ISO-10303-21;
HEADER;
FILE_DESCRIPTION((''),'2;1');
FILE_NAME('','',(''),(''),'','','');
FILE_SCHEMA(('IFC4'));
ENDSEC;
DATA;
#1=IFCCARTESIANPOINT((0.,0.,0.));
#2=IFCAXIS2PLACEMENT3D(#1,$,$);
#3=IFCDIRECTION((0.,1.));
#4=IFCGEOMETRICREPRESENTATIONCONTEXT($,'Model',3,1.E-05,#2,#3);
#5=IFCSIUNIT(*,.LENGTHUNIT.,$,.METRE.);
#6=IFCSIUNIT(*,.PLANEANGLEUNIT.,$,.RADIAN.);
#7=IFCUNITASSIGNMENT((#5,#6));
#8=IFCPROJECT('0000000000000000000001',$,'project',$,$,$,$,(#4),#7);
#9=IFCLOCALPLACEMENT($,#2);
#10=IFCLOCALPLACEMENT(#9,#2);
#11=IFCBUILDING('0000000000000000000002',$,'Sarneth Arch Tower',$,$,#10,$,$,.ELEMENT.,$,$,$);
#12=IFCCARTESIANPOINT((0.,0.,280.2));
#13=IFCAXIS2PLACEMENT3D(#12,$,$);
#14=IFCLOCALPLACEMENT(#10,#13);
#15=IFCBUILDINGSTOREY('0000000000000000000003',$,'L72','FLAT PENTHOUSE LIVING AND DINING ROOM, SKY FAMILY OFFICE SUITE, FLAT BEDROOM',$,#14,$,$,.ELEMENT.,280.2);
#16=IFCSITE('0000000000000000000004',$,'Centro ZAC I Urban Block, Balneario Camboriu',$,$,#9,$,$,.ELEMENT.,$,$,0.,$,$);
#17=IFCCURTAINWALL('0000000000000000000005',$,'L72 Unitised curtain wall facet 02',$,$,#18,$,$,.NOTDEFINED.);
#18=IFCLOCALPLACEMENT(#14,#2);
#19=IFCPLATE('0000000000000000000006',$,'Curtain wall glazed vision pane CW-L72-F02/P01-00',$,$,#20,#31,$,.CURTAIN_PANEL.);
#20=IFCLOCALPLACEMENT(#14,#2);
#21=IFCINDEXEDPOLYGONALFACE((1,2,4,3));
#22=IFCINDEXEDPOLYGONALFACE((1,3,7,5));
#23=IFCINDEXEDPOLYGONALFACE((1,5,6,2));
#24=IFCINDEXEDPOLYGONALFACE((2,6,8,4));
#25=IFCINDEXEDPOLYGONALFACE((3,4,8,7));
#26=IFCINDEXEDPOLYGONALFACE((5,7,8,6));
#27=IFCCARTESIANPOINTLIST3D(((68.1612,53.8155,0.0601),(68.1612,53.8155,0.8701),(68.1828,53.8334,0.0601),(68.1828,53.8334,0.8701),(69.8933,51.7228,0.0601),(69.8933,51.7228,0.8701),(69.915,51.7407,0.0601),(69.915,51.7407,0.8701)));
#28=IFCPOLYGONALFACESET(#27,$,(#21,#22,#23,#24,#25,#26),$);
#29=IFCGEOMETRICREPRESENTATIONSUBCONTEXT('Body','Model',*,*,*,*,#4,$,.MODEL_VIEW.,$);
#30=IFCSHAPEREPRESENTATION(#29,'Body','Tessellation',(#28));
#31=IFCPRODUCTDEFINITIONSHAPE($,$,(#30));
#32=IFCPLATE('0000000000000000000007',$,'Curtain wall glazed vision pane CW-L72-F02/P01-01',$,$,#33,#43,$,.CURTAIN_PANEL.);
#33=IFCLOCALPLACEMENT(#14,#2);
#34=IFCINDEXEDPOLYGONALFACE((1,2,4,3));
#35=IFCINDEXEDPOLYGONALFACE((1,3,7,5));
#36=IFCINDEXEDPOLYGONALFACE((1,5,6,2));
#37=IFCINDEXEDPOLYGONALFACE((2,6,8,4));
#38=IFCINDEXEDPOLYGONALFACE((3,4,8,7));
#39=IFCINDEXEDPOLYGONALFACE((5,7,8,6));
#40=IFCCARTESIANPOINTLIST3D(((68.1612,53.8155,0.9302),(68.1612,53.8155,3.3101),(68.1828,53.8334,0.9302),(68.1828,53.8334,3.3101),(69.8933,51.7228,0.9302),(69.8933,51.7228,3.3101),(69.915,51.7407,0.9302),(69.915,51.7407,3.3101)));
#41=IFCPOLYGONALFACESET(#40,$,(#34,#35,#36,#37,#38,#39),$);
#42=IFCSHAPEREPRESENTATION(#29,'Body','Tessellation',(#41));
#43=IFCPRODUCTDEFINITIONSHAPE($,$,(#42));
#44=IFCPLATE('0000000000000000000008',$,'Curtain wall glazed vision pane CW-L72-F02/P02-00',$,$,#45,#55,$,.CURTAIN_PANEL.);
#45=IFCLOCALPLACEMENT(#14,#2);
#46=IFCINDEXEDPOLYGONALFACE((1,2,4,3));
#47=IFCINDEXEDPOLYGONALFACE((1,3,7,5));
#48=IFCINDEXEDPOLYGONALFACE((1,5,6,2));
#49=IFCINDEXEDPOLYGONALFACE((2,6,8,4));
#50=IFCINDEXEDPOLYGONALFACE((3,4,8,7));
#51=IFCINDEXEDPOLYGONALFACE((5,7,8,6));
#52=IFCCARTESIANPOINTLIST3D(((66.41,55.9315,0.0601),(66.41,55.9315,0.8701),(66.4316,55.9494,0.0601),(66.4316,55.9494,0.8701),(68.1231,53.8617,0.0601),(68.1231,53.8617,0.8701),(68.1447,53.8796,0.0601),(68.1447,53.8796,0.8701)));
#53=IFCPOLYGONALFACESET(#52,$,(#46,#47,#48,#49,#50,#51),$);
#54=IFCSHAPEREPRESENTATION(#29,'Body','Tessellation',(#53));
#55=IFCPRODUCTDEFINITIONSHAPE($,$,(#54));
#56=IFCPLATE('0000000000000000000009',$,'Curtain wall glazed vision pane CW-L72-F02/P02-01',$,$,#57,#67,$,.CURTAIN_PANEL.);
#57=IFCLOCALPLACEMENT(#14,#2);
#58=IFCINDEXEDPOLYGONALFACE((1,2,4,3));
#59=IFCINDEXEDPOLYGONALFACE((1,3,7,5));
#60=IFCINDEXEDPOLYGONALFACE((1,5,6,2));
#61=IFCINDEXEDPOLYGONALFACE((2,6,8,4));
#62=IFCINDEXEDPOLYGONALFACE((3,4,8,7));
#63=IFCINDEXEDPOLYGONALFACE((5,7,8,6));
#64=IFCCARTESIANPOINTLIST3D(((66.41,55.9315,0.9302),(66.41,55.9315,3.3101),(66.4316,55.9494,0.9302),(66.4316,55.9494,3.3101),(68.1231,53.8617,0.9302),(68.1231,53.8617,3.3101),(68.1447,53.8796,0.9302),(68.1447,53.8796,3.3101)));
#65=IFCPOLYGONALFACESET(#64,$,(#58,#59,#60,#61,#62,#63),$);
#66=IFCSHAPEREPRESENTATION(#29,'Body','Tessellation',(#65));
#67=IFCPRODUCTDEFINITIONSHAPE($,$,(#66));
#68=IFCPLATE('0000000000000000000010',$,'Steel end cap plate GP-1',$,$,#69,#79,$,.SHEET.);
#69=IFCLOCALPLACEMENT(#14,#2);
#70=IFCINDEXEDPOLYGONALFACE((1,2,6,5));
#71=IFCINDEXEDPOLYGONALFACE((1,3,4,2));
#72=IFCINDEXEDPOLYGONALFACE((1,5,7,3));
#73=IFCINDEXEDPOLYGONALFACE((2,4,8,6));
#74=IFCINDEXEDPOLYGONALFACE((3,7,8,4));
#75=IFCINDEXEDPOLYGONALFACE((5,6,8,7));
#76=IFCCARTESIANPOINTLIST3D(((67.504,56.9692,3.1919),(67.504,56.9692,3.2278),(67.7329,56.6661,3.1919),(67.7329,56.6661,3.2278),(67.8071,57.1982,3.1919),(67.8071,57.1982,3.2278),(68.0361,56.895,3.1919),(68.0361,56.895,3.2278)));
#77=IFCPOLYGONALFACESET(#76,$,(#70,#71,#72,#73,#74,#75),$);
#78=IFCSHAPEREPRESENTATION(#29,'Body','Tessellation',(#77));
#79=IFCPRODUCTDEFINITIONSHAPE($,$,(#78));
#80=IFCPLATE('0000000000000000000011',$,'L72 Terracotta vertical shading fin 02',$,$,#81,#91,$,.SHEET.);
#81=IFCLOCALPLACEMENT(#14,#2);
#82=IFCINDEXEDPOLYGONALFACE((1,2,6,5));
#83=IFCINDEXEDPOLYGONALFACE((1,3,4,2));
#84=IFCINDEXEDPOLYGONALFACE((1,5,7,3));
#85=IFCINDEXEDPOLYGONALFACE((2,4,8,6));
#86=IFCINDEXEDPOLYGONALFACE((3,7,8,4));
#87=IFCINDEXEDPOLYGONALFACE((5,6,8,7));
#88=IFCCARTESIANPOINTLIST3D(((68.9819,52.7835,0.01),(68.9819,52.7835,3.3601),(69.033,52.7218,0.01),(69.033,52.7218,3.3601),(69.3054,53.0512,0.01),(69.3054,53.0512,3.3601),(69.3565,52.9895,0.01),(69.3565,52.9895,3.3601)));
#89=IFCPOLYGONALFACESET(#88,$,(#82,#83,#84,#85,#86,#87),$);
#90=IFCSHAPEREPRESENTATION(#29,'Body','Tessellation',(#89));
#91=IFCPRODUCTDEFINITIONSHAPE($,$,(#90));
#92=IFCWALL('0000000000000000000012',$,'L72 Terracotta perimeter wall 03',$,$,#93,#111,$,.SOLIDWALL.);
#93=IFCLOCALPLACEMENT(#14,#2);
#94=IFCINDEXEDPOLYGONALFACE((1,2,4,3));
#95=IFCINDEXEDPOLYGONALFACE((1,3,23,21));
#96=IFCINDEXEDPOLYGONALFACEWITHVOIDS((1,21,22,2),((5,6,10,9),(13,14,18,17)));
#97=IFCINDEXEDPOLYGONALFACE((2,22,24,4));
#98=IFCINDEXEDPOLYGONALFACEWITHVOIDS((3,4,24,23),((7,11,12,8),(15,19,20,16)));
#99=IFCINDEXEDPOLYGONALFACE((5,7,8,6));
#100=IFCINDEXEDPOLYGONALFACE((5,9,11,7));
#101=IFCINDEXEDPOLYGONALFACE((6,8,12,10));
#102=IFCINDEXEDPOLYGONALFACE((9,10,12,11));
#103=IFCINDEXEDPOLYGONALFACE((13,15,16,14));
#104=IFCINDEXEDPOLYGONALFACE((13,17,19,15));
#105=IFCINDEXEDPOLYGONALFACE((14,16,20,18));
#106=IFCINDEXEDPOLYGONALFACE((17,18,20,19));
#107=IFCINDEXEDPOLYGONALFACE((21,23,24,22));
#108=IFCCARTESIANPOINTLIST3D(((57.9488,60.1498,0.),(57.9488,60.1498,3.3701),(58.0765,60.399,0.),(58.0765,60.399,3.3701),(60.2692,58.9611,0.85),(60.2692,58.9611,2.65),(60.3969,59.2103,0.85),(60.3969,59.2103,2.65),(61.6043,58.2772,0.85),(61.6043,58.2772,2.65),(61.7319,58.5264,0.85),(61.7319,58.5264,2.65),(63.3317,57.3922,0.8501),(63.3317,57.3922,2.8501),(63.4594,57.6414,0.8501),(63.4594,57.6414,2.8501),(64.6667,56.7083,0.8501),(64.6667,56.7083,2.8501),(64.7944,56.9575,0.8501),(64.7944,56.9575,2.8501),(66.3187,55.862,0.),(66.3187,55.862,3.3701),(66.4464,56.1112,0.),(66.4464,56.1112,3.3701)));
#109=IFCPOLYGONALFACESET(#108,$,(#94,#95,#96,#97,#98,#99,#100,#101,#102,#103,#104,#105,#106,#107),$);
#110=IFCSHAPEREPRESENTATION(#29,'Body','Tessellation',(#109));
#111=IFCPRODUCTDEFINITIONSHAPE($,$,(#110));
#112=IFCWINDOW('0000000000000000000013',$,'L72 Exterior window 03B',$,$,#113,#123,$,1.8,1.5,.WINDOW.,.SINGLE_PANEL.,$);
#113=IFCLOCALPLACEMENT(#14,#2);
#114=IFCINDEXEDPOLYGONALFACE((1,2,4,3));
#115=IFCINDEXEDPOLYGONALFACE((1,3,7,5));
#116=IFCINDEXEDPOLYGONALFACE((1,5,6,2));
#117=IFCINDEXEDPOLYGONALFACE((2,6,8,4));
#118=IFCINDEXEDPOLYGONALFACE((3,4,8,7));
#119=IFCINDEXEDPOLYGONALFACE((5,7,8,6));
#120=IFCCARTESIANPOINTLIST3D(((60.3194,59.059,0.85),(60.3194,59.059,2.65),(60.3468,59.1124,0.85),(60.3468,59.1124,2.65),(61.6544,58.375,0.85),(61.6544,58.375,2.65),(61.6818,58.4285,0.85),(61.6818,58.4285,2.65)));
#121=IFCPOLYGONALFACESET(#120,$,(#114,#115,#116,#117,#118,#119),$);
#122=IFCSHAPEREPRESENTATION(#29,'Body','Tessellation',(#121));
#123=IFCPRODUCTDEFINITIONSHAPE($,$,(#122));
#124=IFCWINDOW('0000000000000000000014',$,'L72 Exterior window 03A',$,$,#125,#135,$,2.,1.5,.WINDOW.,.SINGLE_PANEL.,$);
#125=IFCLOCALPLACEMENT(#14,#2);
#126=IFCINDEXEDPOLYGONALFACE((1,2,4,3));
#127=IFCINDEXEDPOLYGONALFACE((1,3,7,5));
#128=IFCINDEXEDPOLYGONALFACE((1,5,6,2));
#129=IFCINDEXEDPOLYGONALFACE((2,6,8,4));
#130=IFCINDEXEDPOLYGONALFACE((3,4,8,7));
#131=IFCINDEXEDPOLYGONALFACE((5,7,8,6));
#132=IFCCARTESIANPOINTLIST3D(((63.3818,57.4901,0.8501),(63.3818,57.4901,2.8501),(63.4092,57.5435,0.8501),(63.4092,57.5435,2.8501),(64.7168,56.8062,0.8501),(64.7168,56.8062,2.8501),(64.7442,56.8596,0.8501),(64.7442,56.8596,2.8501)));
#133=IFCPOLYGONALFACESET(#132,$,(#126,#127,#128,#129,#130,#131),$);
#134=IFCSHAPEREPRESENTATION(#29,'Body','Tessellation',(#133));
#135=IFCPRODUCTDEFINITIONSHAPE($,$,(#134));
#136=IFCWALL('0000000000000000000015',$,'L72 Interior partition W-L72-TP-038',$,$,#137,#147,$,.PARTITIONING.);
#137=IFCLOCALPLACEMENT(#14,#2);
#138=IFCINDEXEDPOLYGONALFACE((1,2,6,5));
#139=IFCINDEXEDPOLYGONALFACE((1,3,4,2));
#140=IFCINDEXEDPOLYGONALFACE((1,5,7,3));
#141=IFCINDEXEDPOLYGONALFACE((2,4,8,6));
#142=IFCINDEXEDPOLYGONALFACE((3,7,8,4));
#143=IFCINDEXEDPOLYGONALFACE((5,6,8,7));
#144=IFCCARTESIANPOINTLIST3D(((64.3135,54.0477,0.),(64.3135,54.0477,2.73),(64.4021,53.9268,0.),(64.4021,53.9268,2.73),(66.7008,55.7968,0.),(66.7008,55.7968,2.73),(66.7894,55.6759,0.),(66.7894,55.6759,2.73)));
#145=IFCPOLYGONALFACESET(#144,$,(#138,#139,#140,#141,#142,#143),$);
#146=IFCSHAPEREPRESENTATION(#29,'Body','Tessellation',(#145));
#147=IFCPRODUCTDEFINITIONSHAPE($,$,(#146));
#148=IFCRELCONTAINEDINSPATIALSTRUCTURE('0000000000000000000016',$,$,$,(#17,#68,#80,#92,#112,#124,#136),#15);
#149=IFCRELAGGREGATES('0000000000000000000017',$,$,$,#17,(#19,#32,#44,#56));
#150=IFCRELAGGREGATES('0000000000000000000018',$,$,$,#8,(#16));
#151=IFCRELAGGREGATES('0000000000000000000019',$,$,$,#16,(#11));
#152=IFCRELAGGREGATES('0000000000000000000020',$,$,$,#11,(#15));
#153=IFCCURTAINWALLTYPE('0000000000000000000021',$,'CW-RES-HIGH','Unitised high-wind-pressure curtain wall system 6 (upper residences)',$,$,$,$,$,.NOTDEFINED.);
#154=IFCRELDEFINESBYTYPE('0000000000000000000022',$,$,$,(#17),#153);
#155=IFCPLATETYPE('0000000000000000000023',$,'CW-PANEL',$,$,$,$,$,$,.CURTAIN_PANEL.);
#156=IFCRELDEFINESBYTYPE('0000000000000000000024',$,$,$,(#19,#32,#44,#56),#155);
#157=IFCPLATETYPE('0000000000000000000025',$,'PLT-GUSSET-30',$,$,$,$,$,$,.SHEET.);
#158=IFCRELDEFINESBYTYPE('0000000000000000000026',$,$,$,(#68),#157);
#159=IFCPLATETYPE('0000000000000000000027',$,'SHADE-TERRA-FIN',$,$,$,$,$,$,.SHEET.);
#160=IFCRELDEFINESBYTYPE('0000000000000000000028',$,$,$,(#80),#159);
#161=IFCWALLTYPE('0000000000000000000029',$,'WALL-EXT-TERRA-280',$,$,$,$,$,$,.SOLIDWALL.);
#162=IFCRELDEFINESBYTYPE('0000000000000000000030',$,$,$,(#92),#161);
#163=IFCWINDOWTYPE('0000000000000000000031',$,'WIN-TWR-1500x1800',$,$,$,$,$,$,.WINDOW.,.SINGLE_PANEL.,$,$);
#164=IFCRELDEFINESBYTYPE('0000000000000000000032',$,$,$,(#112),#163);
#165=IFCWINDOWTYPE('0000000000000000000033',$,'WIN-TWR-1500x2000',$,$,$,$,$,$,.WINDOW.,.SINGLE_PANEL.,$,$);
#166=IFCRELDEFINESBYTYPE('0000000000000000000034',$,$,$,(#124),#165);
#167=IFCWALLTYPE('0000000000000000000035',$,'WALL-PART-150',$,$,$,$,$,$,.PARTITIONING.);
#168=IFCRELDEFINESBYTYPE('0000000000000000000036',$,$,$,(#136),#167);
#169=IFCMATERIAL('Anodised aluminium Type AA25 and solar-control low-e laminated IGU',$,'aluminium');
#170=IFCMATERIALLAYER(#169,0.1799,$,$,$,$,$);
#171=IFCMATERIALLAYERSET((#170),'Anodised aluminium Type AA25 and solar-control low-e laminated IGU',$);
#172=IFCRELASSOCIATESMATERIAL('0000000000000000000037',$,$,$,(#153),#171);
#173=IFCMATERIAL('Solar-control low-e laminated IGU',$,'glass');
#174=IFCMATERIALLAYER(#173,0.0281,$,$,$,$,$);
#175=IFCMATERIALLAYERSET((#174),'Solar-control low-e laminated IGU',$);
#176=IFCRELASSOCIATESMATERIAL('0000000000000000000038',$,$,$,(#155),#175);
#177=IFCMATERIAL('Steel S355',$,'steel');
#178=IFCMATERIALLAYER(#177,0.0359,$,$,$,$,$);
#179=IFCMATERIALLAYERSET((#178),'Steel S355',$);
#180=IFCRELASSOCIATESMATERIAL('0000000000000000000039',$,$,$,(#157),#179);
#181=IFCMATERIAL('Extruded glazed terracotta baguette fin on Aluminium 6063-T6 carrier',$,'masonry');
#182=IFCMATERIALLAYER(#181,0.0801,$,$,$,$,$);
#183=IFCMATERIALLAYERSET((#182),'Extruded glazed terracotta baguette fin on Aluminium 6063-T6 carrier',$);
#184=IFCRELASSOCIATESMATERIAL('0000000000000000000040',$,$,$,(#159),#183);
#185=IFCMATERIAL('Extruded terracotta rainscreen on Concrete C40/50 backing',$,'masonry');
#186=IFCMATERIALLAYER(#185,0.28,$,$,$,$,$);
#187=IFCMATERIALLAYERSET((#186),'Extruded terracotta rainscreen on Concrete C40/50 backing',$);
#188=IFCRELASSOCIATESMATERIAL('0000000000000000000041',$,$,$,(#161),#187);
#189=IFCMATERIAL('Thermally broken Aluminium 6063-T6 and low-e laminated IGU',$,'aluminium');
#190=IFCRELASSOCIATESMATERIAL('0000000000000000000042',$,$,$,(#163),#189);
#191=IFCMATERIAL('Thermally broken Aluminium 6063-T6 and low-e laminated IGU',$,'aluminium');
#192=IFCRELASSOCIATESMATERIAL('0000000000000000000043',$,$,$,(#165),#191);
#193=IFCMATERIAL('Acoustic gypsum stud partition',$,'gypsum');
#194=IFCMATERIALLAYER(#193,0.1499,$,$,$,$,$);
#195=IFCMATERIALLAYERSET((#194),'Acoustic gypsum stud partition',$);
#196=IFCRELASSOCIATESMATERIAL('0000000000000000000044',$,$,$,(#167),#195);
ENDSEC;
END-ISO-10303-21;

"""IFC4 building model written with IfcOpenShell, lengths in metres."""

from ifc_helpers import new_model, si_unit, direction, frame, frame_2d, origin, origin_2d, place, context, subcontext, project, spatial, rectangle, extrude, material, layer, layer_set, type_object, element, fill, aggregate, save


model = new_model("IFC4")

# Units and contexts
model_context = context("Model", 3, precision=1e-05, world=origin(), true_north=direction((0.0, 1.0)))
body_context = subcontext(model_context, "Body", "Model", "MODEL_VIEW")
ifc_project = project(units=[si_unit("LENGTHUNIT", "METRE"), si_unit("PLANEANGLEUNIT", "RADIAN")], contexts=[model_context])

# Site, building, storey
site_placement = place(None, origin())
site = spatial("IfcSite", under=ifc_project, at=site_placement, Name="Centro ZAC I Urban Block, Balneario Camboriu", CompositionType="ELEMENT", RefElevation=0.0)
building_placement = place(site_placement, origin())
building = spatial("IfcBuilding", under=site, at=building_placement, Name="Sarneth Arch Tower", CompositionType="ELEMENT")
storey_placement = place(building_placement, frame((0.0, 0.0, 280.2)))
storey = spatial("IfcBuildingStorey", under=building, at=storey_placement, Name="L72", Description="FLAT PENTHOUSE LIVING AND DINING ROOM, SKY FAMILY OFFICE SUITE, FLAT BEDROOM", CompositionType="ELEMENT", Elevation=280.2)

# Curtain wall
ifc_material_1 = material(Name="Anodised aluminium Type AA25 and solar-control low-e laminated IGU", Category="aluminium")
ifc_layer_1 = layer(ifc_material_1, 0.1799)
ifc_layer_set_1 = layer_set([ifc_layer_1], Name="Anodised aluminium Type AA25 and solar-control low-e laminated IGU")
curtain_wall_type = type_object("IfcCurtainWallType", Name="CW-RES-HIGH", Description="Unitised high-wind-pressure curtain wall system 6 (upper residences)", PredefinedType="NOTDEFINED", material=ifc_layer_set_1)
curtain_wall_placement = place(storey_placement, origin())
curtain_wall = element("IfcCurtainWall", 1, at=curtain_wall_placement, inside=storey, type_object=curtain_wall_type, Name="L72 Unitised curtain wall facet 02", PredefinedType="NOTDEFINED")

# Plates
ifc_material_2 = material(Name="Solar-control low-e laminated IGU", Category="glass")
ifc_layer_2 = layer(ifc_material_2, 0.0281)
ifc_layer_set_2 = layer_set([ifc_layer_2], Name="Solar-control low-e laminated IGU")
plate_type_1 = type_object("IfcPlateType", Name="CW-PANEL", PredefinedType="CURTAIN_PANEL", material=ifc_layer_set_2)
plate_1_placement = place(storey_placement, frame((69.0381, 52.7781, 0.0601), z_axis=(0.0, 0.0, 1.0), x_axis=(-0.63761, 0.770359, 0.0)))
plate_1 = element("IfcPlate", 2, at=plate_1_placement, type_object=plate_type_1, Name="Curtain wall glazed vision pane CW-L72-F02/P01-00", PredefinedType="CURTAIN_PANEL", context=body_context, shape_type="SweptSolid", body=[
    extrude(rectangle(XDim=2.7166, YDim=0.0281, at=origin_2d()), origin(), (0.0, 0.0, 1.0), 0.8101),
])
plate_2_placement = place(storey_placement, frame((69.0381, 52.7781, 0.9302), z_axis=(0.0, 0.0, 1.0), x_axis=(-0.63761, 0.770359, 0.0)))
plate_2 = element("IfcPlate", 3, at=plate_2_placement, type_object=plate_type_1, Name="Curtain wall glazed vision pane CW-L72-F02/P01-01", PredefinedType="CURTAIN_PANEL", context=body_context, shape_type="SweptSolid", body=[
    extrude(rectangle(XDim=2.7166, YDim=0.0281, at=origin_2d()), origin(), (0.0, 0.0, 1.0), 2.3799),
])
plate_3_placement = place(storey_placement, frame((67.2773, 54.9055, 0.0601), z_axis=(0.0, 0.0, 1.0), x_axis=(-0.63761, 0.770359, 0.0)))
plate_3 = element("IfcPlate", 4, at=plate_3_placement, type_object=plate_type_1, Name="Curtain wall glazed vision pane CW-L72-F02/P02-00", PredefinedType="CURTAIN_PANEL", context=body_context, shape_type="SweptSolid", body=[
    extrude(rectangle(XDim=2.6868, YDim=0.0281, at=origin_2d()), origin(), (0.0, 0.0, 1.0), 0.8101),
])
plate_4_placement = place(storey_placement, frame((67.2773, 54.9055, 0.9302), z_axis=(0.0, 0.0, 1.0), x_axis=(-0.63761, 0.770359, 0.0)))
plate_4 = element("IfcPlate", 5, at=plate_4_placement, type_object=plate_type_1, Name="Curtain wall glazed vision pane CW-L72-F02/P02-01", PredefinedType="CURTAIN_PANEL", context=body_context, shape_type="SweptSolid", body=[
    extrude(rectangle(XDim=2.6868, YDim=0.0281, at=origin_2d()), origin(), (0.0, 0.0, 1.0), 2.3799),
])
aggregate(curtain_wall, [plate_1, plate_2, plate_3, plate_4])

# Plates
ifc_material_3 = material(Name="Steel S355", Category="steel")
ifc_layer_3 = layer(ifc_material_3, 0.0359)
ifc_layer_set_3 = layer_set([ifc_layer_3], Name="Steel S355")
plate_type_2 = type_object("IfcPlateType", Name="PLT-GUSSET-30", PredefinedType="SHEET", material=ifc_layer_set_3)
plate_5_placement = place(storey_placement, frame((67.77, 56.9321, 3.1919), z_axis=(0.0, 0.0, 1.0), x_axis=(0.798005, 0.602651, 0.0)))
element("IfcPlate", 6, at=plate_5_placement, inside=storey, type_object=plate_type_2, Name="Steel end cap plate GP-1", PredefinedType="SHEET", context=body_context, shape_type="SweptSolid", body=[
    extrude(rectangle(XDim=0.3799, YDim=0.3799, at=origin_2d()), origin(), (0.0, 0.0, 1.0), 0.0359),
])
ifc_material_4 = material(Name="Extruded glazed terracotta baguette fin on Aluminium 6063-T6 carrier", Category="masonry")
ifc_layer_4 = layer(ifc_material_4, 0.0801)
ifc_layer_set_4 = layer_set([ifc_layer_4], Name="Extruded glazed terracotta baguette fin on Aluminium 6063-T6 carrier")
plate_type_3 = type_object("IfcPlateType", Name="SHADE-TERRA-FIN", PredefinedType="SHEET", material=ifc_layer_set_4)
plate_6_placement = place(storey_placement, frame((69.1692, 52.8865, 0.01), z_axis=(0.0, 0.0, 1.0), x_axis=(0.770402, 0.637558, 0.0)))
element("IfcPlate", 7, at=plate_6_placement, inside=storey, type_object=plate_type_3, Name="L72 Terracotta vertical shading fin 02", PredefinedType="SHEET", context=body_context, shape_type="SweptSolid", body=[
    extrude(rectangle(XDim=0.4199, YDim=0.0801, at=origin_2d()), origin(), (0.0, 0.0, 1.0), 3.3501),
])

# Wall, openings, windows
ifc_material_5 = material(Name="Extruded terracotta rainscreen on Concrete C40/50 backing", Category="masonry")
ifc_layer_5 = layer(ifc_material_5, 0.28)
ifc_layer_set_5 = layer_set([ifc_layer_5], Name="Extruded terracotta rainscreen on Concrete C40/50 backing")
wall_type_1 = type_object("IfcWallType", Name="WALL-EXT-TERRA-280", PredefinedType="SOLIDWALL", material=ifc_layer_set_5)
wall_1_placement = place(storey_placement, frame((66.3826, 55.9866, 0.0), z_axis=(0.0, 0.0, 1.0), x_axis=(-0.890007, 0.455946, 0.0)))
wall_1 = element("IfcWall", 8, at=wall_1_placement, inside=storey, type_object=wall_type_1, Name="L72 Terracotta perimeter wall 03", PredefinedType="SOLIDWALL", context=body_context, shape_type="SweptSolid", body=[
    extrude(rectangle(XDim=9.4043, YDim=0.28, at=frame_2d((4.7021, 0.0))), origin(), (0.0, 0.0, 1.0), 3.3701),
])
opening_1_placement = place(wall_1_placement, frame((1.8562, 0.0, 0.8501)))
opening_1 = element("IfcOpeningElement", 9, at=opening_1_placement, cuts=wall_1, PredefinedType="OPENING", context=body_context, shape_type="SweptSolid", body=[
    extrude(rectangle(XDim=1.5, YDim=2.0, at=frame_2d((0.75, 1.0))), frame((0.0, 0.1499, 0.0), z_axis=(0.0, -1.0, 0.0), x_axis=(1.0, 0.0, 0.0)), (0.0, 0.0, 1.0), 0.3),
])
opening_2_placement = place(wall_1_placement, frame((5.2971, 0.0, 0.8501)))
opening_2 = element("IfcOpeningElement", 10, at=opening_2_placement, cuts=wall_1, PredefinedType="OPENING", context=body_context, shape_type="SweptSolid", body=[
    extrude(rectangle(XDim=1.5, YDim=1.8, at=frame_2d((0.75, 0.8999))), frame((0.0, 0.1499, 0.0), z_axis=(0.0, -1.0, 0.0), x_axis=(1.0, 0.0, 0.0)), (0.0, 0.0, 1.0), 0.3),
])
ifc_material_6 = material(Name="Thermally broken Aluminium 6063-T6 and low-e laminated IGU", Category="aluminium")
window_type_1 = type_object("IfcWindowType", Name="WIN-TWR-1500x1800", PartitioningType="SINGLE_PANEL", PredefinedType="WINDOW", material=ifc_material_6)
window_1_placement = place(opening_2_placement, origin())
window_1 = element("IfcWindow", 11, at=window_1_placement, inside=storey, type_object=window_type_1, Name="L72 Exterior window 03B", OverallHeight=1.8, OverallWidth=1.5, PartitioningType="SINGLE_PANEL", PredefinedType="WINDOW", context=body_context, shape_type="SweptSolid", body=[
    extrude(rectangle(XDim=1.5, YDim=1.8, at=frame_2d((0.75, 0.8999))), frame((0.0, 0.03, 0.0), z_axis=(0.0, -1.0, 0.0), x_axis=(1.0, 0.0, 0.0)), (0.0, 0.0, 1.0), 0.0601),
])
fill(opening_2, window_1)
ifc_material_7 = material(Name="Thermally broken Aluminium 6063-T6 and low-e laminated IGU", Category="aluminium")
window_type_2 = type_object("IfcWindowType", Name="WIN-TWR-1500x2000", PartitioningType="SINGLE_PANEL", PredefinedType="WINDOW", material=ifc_material_7)
window_2_placement = place(opening_1_placement, origin())
window_2 = element("IfcWindow", 12, at=window_2_placement, inside=storey, type_object=window_type_2, Name="L72 Exterior window 03A", OverallHeight=2.0, OverallWidth=1.5, PartitioningType="SINGLE_PANEL", PredefinedType="WINDOW", context=body_context, shape_type="SweptSolid", body=[
    extrude(rectangle(XDim=1.5, YDim=2.0, at=frame_2d((0.75, 1.0))), frame((0.0, 0.03, 0.0), z_axis=(0.0, -1.0, 0.0), x_axis=(1.0, 0.0, 0.0)), (0.0, 0.0, 1.0), 0.0601),
])
fill(opening_1, window_2)

# Wall
ifc_material_8 = material(Name="Acoustic gypsum stud partition", Category="gypsum")
ifc_layer_6 = layer(ifc_material_8, 0.1499)
ifc_layer_set_6 = layer_set([ifc_layer_6], Name="Acoustic gypsum stud partition")
wall_type_2 = type_object("IfcWallType", Name="WALL-PART-150", PredefinedType="PARTITIONING", material=ifc_layer_set_6)
wall_2_placement = place(storey_placement, frame((66.7451, 55.7363, 0.0), z_axis=(0.0, 0.0, 1.0), x_axis=(-0.806662, -0.591013, 0.0)))
element("IfcWall", 13, at=wall_2_placement, inside=storey, type_object=wall_type_2, Name="L72 Interior partition W-L72-TP-038", PredefinedType="PARTITIONING", context=body_context, shape_type="SweptSolid", body=[
    extrude(rectangle(XDim=2.9595, YDim=0.1499, at=frame_2d((1.4797, 0.0))), origin(), (0.0, 0.0, 1.0), 2.73),
])

save(model, "model.ifc")
